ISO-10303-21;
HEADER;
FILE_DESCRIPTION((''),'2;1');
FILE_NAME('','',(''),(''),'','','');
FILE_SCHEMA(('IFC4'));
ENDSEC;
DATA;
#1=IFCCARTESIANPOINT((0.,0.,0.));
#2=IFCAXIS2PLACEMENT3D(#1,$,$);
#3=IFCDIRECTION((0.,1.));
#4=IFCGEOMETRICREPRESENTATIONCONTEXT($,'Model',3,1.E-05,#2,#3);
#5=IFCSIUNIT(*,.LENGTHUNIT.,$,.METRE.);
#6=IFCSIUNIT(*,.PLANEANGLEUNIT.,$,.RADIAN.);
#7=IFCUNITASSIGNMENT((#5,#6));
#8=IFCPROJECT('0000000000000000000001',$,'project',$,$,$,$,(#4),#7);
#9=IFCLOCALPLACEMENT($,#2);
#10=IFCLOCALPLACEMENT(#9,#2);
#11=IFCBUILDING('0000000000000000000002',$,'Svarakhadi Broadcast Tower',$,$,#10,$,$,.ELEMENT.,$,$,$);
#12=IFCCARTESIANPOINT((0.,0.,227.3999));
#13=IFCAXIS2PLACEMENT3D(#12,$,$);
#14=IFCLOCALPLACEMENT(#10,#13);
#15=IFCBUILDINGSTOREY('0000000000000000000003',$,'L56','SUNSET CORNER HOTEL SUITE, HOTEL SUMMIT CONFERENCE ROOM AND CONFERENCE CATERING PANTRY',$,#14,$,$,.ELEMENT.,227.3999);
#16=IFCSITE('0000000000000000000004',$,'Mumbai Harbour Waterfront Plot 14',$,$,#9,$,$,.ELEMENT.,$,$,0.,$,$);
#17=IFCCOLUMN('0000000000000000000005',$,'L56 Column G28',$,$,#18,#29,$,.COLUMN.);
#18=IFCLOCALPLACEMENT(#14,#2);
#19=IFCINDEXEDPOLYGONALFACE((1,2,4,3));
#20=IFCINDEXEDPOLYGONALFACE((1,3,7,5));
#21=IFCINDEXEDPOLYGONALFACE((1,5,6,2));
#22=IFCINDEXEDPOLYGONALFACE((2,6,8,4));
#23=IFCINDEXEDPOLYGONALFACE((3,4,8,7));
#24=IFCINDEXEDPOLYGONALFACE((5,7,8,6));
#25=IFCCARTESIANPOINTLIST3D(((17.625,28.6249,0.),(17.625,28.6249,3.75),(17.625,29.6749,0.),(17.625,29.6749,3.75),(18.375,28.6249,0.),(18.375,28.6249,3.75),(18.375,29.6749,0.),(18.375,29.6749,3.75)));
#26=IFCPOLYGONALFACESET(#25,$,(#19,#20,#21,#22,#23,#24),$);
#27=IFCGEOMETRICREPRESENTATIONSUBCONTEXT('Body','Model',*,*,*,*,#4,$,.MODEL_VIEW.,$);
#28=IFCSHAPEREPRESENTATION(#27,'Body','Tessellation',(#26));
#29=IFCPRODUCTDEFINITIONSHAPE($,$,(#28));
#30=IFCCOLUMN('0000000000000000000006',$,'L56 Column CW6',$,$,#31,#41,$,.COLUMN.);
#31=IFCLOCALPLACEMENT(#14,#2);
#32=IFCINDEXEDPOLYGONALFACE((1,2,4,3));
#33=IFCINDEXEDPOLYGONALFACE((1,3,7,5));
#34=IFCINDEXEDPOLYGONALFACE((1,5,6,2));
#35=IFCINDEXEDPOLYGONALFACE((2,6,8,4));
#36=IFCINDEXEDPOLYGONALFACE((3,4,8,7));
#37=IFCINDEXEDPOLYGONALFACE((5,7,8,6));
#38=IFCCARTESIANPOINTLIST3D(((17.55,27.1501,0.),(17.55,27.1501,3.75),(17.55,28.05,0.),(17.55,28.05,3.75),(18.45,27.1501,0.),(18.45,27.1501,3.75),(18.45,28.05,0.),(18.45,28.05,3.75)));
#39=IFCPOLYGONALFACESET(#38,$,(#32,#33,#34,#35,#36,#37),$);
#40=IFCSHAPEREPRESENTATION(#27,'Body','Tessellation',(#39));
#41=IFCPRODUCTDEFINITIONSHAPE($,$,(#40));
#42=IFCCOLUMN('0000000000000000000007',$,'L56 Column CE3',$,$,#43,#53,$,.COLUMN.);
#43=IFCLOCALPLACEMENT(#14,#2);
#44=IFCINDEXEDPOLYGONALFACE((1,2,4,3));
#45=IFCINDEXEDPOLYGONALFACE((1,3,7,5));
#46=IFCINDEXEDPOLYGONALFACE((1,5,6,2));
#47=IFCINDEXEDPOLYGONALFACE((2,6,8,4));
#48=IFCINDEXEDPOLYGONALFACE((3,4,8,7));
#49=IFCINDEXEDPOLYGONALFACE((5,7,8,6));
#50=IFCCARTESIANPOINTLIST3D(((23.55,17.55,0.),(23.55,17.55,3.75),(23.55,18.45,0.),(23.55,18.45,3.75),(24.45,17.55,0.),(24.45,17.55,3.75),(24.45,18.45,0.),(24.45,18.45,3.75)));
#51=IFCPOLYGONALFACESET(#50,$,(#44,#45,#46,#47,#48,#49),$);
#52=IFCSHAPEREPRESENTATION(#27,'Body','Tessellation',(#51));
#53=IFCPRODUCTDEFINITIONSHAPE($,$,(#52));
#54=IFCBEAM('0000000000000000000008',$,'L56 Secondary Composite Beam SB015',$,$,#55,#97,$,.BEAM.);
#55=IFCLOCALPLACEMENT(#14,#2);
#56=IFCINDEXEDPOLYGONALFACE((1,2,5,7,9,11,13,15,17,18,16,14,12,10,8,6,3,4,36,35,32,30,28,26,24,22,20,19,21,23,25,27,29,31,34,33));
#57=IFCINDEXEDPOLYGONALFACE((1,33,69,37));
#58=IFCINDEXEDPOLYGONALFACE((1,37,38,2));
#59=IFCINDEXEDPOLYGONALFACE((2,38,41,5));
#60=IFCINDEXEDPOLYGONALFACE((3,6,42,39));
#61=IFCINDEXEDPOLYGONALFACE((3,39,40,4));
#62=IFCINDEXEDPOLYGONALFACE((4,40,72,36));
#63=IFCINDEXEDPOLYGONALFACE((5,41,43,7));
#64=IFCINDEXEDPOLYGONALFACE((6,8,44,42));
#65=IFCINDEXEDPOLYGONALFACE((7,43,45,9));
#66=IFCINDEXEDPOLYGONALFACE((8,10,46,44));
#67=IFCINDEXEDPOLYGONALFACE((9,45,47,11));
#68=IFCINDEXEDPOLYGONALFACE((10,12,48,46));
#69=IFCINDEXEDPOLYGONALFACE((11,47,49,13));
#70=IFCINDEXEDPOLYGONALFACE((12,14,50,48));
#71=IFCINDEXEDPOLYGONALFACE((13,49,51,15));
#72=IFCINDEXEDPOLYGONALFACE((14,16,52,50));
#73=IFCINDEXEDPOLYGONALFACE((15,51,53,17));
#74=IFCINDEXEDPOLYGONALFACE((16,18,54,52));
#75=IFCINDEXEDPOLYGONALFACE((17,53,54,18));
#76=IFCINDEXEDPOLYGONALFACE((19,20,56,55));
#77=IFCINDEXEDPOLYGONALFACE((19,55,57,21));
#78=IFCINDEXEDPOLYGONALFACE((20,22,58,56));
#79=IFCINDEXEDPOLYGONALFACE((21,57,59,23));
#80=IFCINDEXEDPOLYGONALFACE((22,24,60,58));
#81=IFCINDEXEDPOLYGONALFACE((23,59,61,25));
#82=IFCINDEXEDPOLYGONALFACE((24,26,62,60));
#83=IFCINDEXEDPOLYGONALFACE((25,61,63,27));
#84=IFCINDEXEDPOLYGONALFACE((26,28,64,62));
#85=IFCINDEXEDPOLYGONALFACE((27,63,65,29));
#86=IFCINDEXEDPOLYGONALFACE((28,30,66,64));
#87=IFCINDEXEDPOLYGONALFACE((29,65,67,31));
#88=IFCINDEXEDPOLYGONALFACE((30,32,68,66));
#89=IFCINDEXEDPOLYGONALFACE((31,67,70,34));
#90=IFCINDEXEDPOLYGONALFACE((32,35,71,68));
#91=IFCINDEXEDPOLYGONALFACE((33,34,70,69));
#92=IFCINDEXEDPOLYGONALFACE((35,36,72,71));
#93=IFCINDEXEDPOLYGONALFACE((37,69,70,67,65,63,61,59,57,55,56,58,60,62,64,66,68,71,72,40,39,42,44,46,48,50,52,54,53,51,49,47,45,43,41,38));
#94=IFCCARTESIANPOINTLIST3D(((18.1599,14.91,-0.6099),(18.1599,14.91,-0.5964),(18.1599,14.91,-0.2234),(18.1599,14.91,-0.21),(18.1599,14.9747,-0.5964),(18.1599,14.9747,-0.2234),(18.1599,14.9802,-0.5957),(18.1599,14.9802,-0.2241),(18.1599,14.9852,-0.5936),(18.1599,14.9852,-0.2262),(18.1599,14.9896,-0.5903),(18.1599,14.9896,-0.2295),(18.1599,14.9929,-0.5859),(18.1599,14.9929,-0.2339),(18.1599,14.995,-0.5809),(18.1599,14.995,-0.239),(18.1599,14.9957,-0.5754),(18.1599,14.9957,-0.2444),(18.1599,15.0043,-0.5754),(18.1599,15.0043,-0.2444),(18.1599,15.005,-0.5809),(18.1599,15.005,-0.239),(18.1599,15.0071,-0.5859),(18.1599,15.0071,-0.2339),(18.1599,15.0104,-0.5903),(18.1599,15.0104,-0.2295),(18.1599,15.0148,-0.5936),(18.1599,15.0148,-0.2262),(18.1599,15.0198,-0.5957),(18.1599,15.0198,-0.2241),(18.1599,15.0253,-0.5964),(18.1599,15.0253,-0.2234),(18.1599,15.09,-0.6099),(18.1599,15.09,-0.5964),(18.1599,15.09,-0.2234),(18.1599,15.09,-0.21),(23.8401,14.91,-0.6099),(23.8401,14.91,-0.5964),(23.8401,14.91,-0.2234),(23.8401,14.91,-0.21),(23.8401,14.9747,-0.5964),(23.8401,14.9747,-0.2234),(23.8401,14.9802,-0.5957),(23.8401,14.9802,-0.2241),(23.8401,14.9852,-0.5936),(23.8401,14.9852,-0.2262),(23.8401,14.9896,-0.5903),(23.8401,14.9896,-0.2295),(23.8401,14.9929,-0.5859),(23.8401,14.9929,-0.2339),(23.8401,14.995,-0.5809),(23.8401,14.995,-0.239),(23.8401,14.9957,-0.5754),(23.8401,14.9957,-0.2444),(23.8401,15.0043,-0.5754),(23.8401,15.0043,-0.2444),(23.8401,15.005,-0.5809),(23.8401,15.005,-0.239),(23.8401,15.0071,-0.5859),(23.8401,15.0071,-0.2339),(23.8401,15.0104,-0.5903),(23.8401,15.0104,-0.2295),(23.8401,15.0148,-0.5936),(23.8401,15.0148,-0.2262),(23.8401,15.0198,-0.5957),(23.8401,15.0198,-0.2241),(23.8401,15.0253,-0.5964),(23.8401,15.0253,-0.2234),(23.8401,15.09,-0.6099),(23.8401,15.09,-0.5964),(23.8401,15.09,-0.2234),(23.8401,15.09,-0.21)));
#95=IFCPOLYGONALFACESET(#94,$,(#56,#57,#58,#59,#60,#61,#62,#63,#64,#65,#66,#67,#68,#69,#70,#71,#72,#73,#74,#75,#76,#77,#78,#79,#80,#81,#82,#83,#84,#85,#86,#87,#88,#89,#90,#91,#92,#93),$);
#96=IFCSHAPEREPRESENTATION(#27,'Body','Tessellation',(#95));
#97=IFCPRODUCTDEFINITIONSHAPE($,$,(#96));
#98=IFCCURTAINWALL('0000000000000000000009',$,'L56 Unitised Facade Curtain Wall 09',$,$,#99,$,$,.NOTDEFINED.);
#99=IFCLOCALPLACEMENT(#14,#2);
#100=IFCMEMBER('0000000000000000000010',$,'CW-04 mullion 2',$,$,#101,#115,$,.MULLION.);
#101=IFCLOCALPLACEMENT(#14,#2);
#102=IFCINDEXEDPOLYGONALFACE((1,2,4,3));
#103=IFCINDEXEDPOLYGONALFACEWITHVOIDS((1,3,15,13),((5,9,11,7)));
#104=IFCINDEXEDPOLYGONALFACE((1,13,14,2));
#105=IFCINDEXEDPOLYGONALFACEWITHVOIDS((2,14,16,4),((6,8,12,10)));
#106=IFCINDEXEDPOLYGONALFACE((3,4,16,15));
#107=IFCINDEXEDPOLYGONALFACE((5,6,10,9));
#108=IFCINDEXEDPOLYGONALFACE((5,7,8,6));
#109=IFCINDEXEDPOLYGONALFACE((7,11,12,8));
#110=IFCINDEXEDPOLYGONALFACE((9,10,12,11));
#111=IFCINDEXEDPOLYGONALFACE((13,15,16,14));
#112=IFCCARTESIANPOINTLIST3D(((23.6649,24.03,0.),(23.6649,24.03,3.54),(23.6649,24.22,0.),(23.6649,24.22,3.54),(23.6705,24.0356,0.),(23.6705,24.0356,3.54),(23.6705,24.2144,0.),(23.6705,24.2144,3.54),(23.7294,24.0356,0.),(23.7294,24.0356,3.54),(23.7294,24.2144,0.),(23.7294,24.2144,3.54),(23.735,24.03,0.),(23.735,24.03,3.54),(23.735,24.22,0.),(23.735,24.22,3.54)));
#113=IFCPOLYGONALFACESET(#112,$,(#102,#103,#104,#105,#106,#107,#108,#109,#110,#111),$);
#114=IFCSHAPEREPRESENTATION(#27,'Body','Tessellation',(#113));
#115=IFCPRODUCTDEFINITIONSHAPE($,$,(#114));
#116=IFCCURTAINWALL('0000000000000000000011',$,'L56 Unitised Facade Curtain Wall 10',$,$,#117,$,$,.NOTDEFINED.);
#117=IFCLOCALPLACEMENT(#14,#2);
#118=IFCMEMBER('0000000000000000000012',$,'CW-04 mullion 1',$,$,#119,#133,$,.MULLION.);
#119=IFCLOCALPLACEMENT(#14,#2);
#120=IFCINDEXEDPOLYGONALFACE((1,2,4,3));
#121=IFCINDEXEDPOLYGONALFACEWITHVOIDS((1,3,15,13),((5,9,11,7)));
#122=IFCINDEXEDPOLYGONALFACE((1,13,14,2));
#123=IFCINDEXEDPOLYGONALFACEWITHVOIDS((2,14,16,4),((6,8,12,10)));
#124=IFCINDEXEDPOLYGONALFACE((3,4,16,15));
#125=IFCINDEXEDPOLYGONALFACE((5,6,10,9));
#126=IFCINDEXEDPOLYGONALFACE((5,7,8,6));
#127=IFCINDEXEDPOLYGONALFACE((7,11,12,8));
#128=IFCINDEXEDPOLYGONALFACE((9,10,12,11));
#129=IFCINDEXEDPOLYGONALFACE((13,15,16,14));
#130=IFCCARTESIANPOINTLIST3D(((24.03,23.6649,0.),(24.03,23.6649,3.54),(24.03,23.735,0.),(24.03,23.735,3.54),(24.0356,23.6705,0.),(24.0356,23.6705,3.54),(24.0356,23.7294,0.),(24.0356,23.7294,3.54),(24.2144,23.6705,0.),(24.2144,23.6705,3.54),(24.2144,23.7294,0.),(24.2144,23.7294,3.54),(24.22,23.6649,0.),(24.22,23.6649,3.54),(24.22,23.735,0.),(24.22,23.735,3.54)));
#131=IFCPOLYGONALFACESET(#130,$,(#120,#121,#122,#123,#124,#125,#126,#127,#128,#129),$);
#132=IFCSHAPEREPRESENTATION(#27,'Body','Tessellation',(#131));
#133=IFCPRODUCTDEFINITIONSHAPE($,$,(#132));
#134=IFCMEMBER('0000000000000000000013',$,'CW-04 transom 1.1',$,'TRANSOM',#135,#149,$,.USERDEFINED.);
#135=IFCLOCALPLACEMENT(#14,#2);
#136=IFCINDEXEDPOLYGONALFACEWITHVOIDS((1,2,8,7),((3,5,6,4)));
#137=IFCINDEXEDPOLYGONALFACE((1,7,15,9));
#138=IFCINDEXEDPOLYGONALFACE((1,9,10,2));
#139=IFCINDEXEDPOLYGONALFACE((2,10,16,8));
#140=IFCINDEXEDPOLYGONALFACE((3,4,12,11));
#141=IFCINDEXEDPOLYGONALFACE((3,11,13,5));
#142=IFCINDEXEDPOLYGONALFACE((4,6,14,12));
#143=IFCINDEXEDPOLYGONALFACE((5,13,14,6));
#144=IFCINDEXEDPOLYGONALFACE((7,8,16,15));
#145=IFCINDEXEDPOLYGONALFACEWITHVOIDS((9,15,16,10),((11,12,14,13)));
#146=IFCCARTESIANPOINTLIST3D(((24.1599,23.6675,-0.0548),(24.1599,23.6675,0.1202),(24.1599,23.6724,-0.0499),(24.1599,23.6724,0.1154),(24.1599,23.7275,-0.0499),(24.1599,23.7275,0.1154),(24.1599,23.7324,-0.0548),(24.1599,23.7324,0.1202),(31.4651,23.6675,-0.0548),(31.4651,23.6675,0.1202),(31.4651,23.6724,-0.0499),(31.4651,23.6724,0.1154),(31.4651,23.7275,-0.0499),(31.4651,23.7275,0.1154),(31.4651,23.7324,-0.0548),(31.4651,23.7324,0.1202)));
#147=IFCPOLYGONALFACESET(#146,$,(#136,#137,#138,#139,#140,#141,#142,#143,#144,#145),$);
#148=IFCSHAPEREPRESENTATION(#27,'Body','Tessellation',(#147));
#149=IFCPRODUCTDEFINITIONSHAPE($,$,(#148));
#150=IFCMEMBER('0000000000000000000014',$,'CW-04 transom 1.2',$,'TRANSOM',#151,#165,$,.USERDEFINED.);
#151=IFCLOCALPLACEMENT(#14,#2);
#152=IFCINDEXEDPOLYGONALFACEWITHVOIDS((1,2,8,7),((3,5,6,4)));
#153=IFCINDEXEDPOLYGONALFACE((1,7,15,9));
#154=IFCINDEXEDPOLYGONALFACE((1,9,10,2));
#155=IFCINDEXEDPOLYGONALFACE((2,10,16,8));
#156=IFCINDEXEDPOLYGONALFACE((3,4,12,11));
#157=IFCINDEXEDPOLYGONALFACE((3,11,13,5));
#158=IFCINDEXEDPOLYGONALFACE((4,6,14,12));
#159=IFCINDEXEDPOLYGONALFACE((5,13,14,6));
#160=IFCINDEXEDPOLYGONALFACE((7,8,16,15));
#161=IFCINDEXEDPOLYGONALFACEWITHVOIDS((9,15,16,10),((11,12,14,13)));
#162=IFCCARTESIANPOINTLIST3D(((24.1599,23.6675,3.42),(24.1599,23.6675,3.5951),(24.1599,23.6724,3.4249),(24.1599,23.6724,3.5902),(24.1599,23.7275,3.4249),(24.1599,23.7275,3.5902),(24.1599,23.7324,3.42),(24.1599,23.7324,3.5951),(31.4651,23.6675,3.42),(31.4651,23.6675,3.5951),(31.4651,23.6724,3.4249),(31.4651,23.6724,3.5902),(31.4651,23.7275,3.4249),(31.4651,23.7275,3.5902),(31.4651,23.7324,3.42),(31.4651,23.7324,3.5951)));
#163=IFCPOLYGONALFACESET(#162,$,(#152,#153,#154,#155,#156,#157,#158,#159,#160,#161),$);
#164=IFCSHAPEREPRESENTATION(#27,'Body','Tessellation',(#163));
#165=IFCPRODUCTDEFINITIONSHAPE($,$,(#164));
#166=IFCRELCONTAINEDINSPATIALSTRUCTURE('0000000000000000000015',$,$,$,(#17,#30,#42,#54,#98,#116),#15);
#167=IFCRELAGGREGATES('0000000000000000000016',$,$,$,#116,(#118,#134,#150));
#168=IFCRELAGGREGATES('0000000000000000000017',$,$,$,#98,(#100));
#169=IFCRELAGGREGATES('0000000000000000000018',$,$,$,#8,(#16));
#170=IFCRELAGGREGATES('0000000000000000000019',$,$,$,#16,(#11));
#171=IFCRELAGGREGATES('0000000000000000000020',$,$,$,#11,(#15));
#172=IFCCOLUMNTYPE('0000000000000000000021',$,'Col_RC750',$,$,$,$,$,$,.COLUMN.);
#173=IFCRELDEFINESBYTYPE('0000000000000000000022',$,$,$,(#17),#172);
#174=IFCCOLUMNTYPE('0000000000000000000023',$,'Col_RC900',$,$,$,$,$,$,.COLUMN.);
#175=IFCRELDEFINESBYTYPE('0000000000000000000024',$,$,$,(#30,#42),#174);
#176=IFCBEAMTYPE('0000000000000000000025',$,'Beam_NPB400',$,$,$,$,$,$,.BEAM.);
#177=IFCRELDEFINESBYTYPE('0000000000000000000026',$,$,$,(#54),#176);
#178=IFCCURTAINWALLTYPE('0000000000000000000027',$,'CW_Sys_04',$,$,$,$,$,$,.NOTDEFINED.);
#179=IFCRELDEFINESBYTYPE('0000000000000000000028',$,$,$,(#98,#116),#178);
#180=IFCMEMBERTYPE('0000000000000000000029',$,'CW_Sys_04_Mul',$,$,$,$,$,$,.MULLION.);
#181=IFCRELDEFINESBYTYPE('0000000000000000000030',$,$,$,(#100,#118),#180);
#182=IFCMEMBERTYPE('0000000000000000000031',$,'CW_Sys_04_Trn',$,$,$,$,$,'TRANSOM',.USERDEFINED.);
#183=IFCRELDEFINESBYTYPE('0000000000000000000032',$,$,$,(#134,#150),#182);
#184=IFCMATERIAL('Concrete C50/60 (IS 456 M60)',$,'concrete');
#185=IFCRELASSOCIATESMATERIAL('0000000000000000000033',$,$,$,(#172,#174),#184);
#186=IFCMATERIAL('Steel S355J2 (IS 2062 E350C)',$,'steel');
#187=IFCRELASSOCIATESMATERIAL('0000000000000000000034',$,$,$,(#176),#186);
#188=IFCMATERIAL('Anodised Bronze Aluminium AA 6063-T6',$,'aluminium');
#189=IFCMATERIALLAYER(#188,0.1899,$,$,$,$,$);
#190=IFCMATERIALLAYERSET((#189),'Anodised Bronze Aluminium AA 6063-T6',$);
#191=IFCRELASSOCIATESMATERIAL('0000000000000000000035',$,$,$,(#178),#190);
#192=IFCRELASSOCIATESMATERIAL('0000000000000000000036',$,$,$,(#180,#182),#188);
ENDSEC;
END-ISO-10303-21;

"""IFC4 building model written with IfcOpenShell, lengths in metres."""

from ifc_helpers import new_model, si_unit, direction, frame, origin, origin_2d, place, context, subcontext, project, spatial, rectangle, hollow_rectangle, i_section, extrude, material, layer, layer_set, material_profile, profile_set, type_object, element, aggregate, save


model = new_model("IFC4")

# Units and contexts
model_context = context("Model", 3, precision=1e-05, world=origin(), true_north=direction((0.0, 1.0)))
body_context = subcontext(model_context, "Body", "Model", "MODEL_VIEW")
ifc_project = project(units=[si_unit("LENGTHUNIT", "METRE"), si_unit("PLANEANGLEUNIT", "RADIAN")], contexts=[model_context])

# Site, building, storey
site_placement = place(None, origin())
site = spatial("IfcSite", under=ifc_project, at=site_placement, Name="Mumbai Harbour Waterfront Plot 14", CompositionType="ELEMENT", RefElevation=0.0)
building_placement = place(site_placement, origin())
building = spatial("IfcBuilding", under=site, at=building_placement, Name="Svarakhadi Broadcast Tower", CompositionType="ELEMENT")
storey_placement = place(building_placement, frame((0.0, 0.0, 227.3999)))
storey = spatial("IfcBuildingStorey", under=building, at=storey_placement, Name="L56", Description="SUNSET CORNER HOTEL SUITE, HOTEL SUMMIT CONFERENCE ROOM AND CONFERENCE CATERING PANTRY", CompositionType="ELEMENT", Elevation=227.3999)

# Columns
ifc_material_1 = material(Name="Concrete C50/60 (IS 456 M60)", Category="concrete")
ifc_material_profile_1 = material_profile(ifc_material_1, rectangle(XDim=0.75, YDim=1.05, at=origin_2d()), Name="RC 750x1050")
ifc_profile_set_1 = profile_set([ifc_material_profile_1], Name="Concrete C50/60 (IS 456 M60)")
column_type_1 = type_object("IfcColumnType", Name="Col_RC750", PredefinedType="COLUMN", material=ifc_profile_set_1)
column_placement = place(storey_placement, frame((18.0, 29.1499, 0.0), z_axis=(0.0, 0.0, 1.0), x_axis=(1.0, 0.0, 0.0)))
element("IfcColumn", 1, at=column_placement, inside=storey, type_object=column_type_1, Name="L56 Column G28", PredefinedType="COLUMN", context=body_context, shape_type="SweptSolid", body=[
    extrude(rectangle(XDim=0.75, YDim=1.05, at=origin_2d()), origin(), (0.0, 0.0, 1.0), 3.75),
])
ifc_material_profile_2 = material_profile(ifc_material_1, rectangle(XDim=0.8999, YDim=0.8999, at=origin_2d()), Name="RC 900x900")
ifc_profile_set_2 = profile_set([ifc_material_profile_2], Name="Concrete C50/60 (IS 456 M60)")
column_type_2 = type_object("IfcColumnType", Name="Col_RC900", PredefinedType="COLUMN", material=ifc_profile_set_2)
for number, where, z_axis, x_axis, name in (
    (2, (18.0, 27.6001, 0.0), (0.0, 0.0, 1.0), (1.0, 0.0, 0.0), "L56 Column CW6"),
    (3, (24.0, 18.0, 0.0), (0.0, 0.0, 1.0), (1.0, 0.0, 0.0), "L56 Column CE3"),
):
    element("IfcColumn", number, at=place(storey_placement, frame(where, z_axis=z_axis, x_axis=x_axis)), inside=storey, type_object=column_type_2, Name=name, PredefinedType="COLUMN", context=body_context, shape_type="SweptSolid", body=[
        extrude(rectangle(XDim=0.8999, YDim=0.8999, at=origin_2d()), origin(), (0.0, 0.0, 1.0), 3.75),
    ])

# Beam
ifc_material_2 = material(Name="Steel S355J2 (IS 2062 E350C)", Category="steel")
ifc_material_profile_3 = material_profile(ifc_material_2, i_section(OverallWidth=0.1799, OverallDepth=0.3999, WebThickness=0.0085, FlangeThickness=0.0134, FilletRadius=0.021, at=origin_2d()), Name="NPB 400x180x66")
ifc_profile_set_3 = profile_set([ifc_material_profile_3], Name="Steel S355J2 (IS 2062 E350C)")
beam_type_1 = type_object("IfcBeamType", Name="Beam_NPB400", PredefinedType="BEAM", material=ifc_profile_set_3)
beam_placement = place(storey_placement, frame((18.1599, 15.0, -0.4099), z_axis=(1.0, 0.0, 0.0), x_axis=(0.0, 1.0, 0.0)))
element("IfcBeam", 4, at=beam_placement, inside=storey, type_object=beam_type_1, Name="L56 Secondary Composite Beam SB015", PredefinedType="BEAM", context=body_context, shape_type="SweptSolid", body=[
    extrude(i_section(OverallWidth=0.1799, OverallDepth=0.3999, WebThickness=0.0085, FlangeThickness=0.0134, FilletRadius=0.021, at=origin_2d()), origin(), (0.0, 0.0, 1.0), 5.6802),
])

# Curtain wall, member
ifc_material_3 = material(Name="Anodised Bronze Aluminium AA 6063-T6", Category="aluminium")
ifc_layer_1 = layer(ifc_material_3, 0.1899)
ifc_layer_set_1 = layer_set([ifc_layer_1], Name="Anodised Bronze Aluminium AA 6063-T6")
curtain_wall_type = type_object("IfcCurtainWallType", Name="CW_Sys_04", PredefinedType="NOTDEFINED", material=ifc_layer_set_1)
curtain_wall_1_placement = place(storey_placement, origin())
curtain_wall_1 = element("IfcCurtainWall", 5, at=curtain_wall_1_placement, inside=storey, type_object=curtain_wall_type, Name="L56 Unitised Facade Curtain Wall 09", PredefinedType="NOTDEFINED")
ifc_material_profile_4 = material_profile(ifc_material_3, hollow_rectangle(XDim=0.0701, YDim=0.1899, WallThickness=0.0056, at=origin_2d()), Name="ALU MULLION 190x70x6")
ifc_profile_set_4 = profile_set([ifc_material_profile_4], Name="Anodised Bronze Aluminium AA 6063-T6")
member_type_1 = type_object("IfcMemberType", Name="CW_Sys_04_Mul", PredefinedType="MULLION", material=ifc_profile_set_4)
member_1_placement = place(storey_placement, frame((23.7, 24.125, 0.0), z_axis=(0.0, 0.0, 1.0), x_axis=(1.0, 0.0, 0.0)))
member_1 = element("IfcMember", 6, at=member_1_placement, type_object=member_type_1, Name="CW-04 mullion 2", PredefinedType="MULLION", context=body_context, shape_type="SweptSolid", body=[
    extrude(hollow_rectangle(XDim=0.0701, YDim=0.1899, WallThickness=0.0056, at=origin_2d()), origin(), (0.0, 0.0, 1.0), 3.54),
])

# Curtain wall, members
curtain_wall_2_placement = place(storey_placement, origin())
curtain_wall_2 = element("IfcCurtainWall", 7, at=curtain_wall_2_placement, inside=storey, type_object=curtain_wall_type, Name="L56 Unitised Facade Curtain Wall 10", PredefinedType="NOTDEFINED")
member_2_placement = place(storey_placement, frame((24.125, 23.7, 0.0), z_axis=(0.0, 0.0, 1.0), x_axis=(0.0, 1.0, 0.0)))
member_2 = element("IfcMember", 8, at=member_2_placement, type_object=member_type_1, Name="CW-04 mullion 1", PredefinedType="MULLION", context=body_context, shape_type="SweptSolid", body=[
    extrude(hollow_rectangle(XDim=0.0701, YDim=0.1899, WallThickness=0.0056, at=origin_2d()), origin(), (0.0, 0.0, 1.0), 3.54),
])
ifc_material_profile_5 = material_profile(ifc_material_3, hollow_rectangle(XDim=0.0649, YDim=0.175, WallThickness=0.0049, at=origin_2d()), Name="ALU TRANSOM 175x65x5")
ifc_profile_set_5 = profile_set([ifc_material_profile_5], Name="Anodised Bronze Aluminium AA 6063-T6")
member_type_2 = type_object("IfcMemberType", Name="CW_Sys_04_Trn", ElementType="TRANSOM", PredefinedType="USERDEFINED", material=ifc_profile_set_5)
member_3_placement = place(storey_placement, frame((24.1599, 23.7, 0.0327), z_axis=(1.0, 0.0, 0.0), x_axis=(0.0, 1.0, 0.0)))
member_3 = element("IfcMember", 9, at=member_3_placement, type_object=member_type_2, Name="CW-04 transom 1.1", ObjectType="TRANSOM", PredefinedType="USERDEFINED", context=body_context, shape_type="SweptSolid", body=[
    extrude(hollow_rectangle(XDim=0.0649, YDim=0.175, WallThickness=0.0049, at=origin_2d()), origin(), (0.0, 0.0, 1.0), 7.3052),
])
member_4_placement = place(storey_placement, frame((24.1599, 23.7, 3.5076), z_axis=(1.0, 0.0, 0.0), x_axis=(0.0, 1.0, 0.0)))
member_4 = element("IfcMember", 10, at=member_4_placement, type_object=member_type_2, Name="CW-04 transom 1.2", ObjectType="TRANSOM", PredefinedType="USERDEFINED", context=body_context, shape_type="SweptSolid", body=[
    extrude(hollow_rectangle(XDim=0.0649, YDim=0.175, WallThickness=0.0049, at=origin_2d()), origin(), (0.0, 0.0, 1.0), 7.3052),
])
aggregate(curtain_wall_2, [member_2, member_3, member_4])

aggregate(curtain_wall_1, [member_1])

save(model, "model.ifc")
